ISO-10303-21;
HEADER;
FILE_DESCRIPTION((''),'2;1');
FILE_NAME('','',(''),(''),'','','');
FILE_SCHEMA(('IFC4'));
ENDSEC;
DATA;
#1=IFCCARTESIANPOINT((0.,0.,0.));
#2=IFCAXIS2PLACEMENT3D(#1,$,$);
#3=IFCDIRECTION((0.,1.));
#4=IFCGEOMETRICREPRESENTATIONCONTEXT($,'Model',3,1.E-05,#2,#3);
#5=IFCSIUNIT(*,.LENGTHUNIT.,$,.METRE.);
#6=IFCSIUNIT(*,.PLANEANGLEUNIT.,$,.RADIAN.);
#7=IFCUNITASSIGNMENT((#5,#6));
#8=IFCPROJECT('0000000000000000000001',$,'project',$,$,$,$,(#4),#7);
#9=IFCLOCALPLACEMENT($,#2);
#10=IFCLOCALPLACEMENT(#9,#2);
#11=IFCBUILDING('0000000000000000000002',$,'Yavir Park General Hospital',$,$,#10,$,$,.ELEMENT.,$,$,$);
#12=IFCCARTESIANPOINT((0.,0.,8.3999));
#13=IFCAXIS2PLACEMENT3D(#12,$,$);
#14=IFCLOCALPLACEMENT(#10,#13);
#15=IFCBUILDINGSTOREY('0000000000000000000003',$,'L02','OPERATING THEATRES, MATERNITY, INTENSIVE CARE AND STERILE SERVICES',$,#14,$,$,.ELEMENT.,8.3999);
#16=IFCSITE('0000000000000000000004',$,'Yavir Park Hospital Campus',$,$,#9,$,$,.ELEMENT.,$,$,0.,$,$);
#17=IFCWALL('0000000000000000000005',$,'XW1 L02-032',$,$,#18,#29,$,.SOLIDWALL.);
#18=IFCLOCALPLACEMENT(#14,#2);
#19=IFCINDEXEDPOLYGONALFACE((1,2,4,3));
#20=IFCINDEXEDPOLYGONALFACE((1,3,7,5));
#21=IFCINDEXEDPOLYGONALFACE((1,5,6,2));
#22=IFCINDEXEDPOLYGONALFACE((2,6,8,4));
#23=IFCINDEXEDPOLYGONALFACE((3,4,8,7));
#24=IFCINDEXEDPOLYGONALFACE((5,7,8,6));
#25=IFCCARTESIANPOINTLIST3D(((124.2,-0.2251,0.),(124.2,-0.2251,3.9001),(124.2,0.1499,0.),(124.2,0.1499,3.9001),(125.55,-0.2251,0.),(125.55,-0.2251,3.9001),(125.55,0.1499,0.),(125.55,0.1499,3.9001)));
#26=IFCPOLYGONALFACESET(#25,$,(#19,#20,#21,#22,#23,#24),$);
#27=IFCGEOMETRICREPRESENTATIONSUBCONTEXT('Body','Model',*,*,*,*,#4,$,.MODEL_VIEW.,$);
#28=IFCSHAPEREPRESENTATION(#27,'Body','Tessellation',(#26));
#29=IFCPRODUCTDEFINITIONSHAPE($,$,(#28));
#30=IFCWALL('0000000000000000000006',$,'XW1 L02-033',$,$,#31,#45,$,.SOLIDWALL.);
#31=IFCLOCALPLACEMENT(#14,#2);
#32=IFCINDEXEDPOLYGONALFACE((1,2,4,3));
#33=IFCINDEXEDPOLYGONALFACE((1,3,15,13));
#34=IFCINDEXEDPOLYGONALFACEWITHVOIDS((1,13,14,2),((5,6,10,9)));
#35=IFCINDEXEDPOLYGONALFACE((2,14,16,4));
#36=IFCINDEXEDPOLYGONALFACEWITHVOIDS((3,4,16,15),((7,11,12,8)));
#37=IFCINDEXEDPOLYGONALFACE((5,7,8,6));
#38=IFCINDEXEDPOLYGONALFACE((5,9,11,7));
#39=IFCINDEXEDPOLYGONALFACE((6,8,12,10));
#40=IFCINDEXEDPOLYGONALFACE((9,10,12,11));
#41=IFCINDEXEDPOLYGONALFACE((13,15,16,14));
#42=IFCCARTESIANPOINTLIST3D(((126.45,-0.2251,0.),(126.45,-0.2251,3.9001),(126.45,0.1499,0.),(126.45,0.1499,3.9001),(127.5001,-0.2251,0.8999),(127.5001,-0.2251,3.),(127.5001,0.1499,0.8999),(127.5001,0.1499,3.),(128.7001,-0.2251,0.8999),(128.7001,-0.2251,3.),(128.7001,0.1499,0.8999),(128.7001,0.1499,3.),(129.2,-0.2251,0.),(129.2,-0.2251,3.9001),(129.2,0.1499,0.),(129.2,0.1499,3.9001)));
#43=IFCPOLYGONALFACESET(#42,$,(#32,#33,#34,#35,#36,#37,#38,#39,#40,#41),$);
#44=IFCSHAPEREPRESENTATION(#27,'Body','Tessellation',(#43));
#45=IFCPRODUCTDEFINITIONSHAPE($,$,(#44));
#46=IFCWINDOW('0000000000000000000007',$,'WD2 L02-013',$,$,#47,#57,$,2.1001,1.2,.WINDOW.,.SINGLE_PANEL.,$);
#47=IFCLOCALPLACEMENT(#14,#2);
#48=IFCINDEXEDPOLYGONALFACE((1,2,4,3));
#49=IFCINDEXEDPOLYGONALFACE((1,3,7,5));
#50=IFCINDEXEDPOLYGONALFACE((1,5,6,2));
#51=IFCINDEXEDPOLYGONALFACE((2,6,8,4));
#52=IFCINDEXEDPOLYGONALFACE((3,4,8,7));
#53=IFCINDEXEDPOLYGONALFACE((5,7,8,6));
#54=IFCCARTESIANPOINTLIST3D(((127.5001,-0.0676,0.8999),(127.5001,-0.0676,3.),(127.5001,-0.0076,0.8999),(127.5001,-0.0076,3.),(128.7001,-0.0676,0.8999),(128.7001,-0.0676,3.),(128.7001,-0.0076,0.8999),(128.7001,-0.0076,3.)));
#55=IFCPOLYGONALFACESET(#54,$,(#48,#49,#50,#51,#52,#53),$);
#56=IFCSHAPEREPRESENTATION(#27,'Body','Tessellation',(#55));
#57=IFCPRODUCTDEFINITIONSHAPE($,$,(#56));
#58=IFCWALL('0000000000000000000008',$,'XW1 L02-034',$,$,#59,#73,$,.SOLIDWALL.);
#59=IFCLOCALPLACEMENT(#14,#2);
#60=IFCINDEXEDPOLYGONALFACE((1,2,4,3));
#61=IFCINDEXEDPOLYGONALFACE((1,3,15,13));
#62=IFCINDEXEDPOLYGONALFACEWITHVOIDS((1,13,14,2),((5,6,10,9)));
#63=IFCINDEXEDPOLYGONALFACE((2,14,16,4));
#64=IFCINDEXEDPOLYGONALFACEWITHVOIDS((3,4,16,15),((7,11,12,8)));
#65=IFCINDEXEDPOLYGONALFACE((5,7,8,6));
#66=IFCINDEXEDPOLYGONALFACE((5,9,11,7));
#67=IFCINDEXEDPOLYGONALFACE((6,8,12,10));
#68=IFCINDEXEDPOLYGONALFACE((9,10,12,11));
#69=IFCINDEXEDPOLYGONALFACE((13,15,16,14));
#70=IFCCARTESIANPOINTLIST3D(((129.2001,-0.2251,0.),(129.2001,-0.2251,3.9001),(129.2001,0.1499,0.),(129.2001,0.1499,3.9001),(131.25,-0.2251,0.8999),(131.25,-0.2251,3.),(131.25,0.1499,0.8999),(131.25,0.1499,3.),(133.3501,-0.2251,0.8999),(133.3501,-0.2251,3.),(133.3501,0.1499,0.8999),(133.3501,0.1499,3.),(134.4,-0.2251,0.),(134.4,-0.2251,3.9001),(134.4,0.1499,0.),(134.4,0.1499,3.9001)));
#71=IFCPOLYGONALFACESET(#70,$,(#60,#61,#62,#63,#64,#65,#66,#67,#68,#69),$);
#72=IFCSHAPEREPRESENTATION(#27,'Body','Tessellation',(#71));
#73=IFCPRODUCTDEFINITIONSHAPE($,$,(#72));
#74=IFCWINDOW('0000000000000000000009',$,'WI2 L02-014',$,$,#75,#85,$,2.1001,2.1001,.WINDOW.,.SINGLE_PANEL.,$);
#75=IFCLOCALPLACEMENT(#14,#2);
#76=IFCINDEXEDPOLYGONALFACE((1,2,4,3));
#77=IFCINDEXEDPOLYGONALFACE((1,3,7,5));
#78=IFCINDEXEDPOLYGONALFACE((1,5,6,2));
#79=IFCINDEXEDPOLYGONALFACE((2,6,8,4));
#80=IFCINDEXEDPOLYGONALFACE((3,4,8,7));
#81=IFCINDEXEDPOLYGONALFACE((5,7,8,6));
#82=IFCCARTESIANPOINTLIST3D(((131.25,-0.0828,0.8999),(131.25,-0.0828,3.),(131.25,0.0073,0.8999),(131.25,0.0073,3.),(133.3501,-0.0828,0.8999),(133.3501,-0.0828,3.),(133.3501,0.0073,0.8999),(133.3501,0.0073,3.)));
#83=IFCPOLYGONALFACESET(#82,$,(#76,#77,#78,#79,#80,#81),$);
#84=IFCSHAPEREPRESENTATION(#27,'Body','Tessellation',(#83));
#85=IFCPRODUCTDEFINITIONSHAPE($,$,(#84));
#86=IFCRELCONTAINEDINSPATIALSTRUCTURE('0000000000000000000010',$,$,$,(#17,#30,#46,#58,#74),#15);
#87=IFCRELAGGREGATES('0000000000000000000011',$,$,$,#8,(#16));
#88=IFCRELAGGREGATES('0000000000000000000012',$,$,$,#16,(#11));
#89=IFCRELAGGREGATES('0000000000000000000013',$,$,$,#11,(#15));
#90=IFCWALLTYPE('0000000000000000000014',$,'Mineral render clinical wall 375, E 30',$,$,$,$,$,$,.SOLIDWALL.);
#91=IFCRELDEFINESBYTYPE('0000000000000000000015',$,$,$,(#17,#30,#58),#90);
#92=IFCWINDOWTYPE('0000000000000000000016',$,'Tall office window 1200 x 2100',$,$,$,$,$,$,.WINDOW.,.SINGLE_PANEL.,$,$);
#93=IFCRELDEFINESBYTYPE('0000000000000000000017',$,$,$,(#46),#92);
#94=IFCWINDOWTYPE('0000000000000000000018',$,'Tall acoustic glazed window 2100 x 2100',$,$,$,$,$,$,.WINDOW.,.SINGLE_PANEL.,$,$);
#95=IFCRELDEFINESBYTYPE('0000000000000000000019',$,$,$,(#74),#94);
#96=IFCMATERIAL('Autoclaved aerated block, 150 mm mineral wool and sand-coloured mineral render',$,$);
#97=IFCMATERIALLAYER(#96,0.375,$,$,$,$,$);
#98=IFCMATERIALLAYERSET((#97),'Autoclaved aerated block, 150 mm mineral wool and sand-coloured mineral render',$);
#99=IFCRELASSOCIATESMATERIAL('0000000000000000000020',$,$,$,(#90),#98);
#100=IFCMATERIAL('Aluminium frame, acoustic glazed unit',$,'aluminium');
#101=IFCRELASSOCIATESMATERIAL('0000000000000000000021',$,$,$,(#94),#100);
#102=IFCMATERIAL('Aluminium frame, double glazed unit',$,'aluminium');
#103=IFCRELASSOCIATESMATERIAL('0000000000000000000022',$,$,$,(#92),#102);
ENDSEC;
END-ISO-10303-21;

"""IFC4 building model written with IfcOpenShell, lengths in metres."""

from ifc_helpers import new_model, si_unit, direction, frame, frame_2d, origin, place, context, subcontext, project, spatial, rectangle, extrude, material, layer, layer_set, type_object, element, fill, save


model = new_model("IFC4")

# Units and contexts
model_context = context("Model", 3, precision=1e-05, world=origin(), true_north=direction((0.0, 1.0)))
body_context = subcontext(model_context, "Body", "Model", "MODEL_VIEW")
ifc_project = project(units=[si_unit("LENGTHUNIT", "METRE"), si_unit("PLANEANGLEUNIT", "RADIAN")], contexts=[model_context])

# Site, building, storey
site_placement = place(None, origin())
site = spatial("IfcSite", under=ifc_project, at=site_placement, Name="Yavir Park Hospital Campus", CompositionType="ELEMENT", RefElevation=0.0)
building_placement = place(site_placement, origin())
building = spatial("IfcBuilding", under=site, at=building_placement, Name="Yavir Park General Hospital", CompositionType="ELEMENT")
storey_placement = place(building_placement, frame((0.0, 0.0, 8.3999)))
storey = spatial("IfcBuildingStorey", under=building, at=storey_placement, Name="L02", Description="OPERATING THEATRES, MATERNITY, INTENSIVE CARE AND STERILE SERVICES", CompositionType="ELEMENT", Elevation=8.3999)

# Shared definitions
ifc_material_1 = material(Name="Autoclaved aerated block, 150 mm mineral wool and sand-coloured mineral render")
ifc_layer_1 = layer(ifc_material_1, 0.375)
ifc_layer_set_1 = layer_set([ifc_layer_1], Name="Autoclaved aerated block, 150 mm mineral wool and sand-coloured mineral render")
wall_type_1 = type_object("IfcWallType", Name="Mineral render clinical wall 375, E 30", PredefinedType="SOLIDWALL", material=ifc_layer_set_1)

# Shared definitions
ifc_material_2 = material(Name="Aluminium frame, acoustic glazed unit", Category="aluminium")
window_type_1 = type_object("IfcWindowType", Name="Tall acoustic glazed window 2100 x 2100", PartitioningType="SINGLE_PANEL", PredefinedType="WINDOW", material=ifc_material_2)

# Wall
wall_1_placement = place(storey_placement, frame((124.2, -0.0376, 0.0), z_axis=(0.0, 0.0, 1.0), x_axis=(1.0, 0.0, 0.0)))
element("IfcWall", 1, at=wall_1_placement, inside=storey, type_object=wall_type_1, Name="XW1 L02-032", PredefinedType="SOLIDWALL", context=body_context, shape_type="SweptSolid", body=[
    extrude(rectangle(XDim=1.3501, YDim=0.375, at=frame_2d((0.675, 0.0))), origin(), (0.0, 0.0, 1.0), 3.9001),
])

# Walls, openings, windows
wall_2_placement = place(storey_placement, frame((126.45, -0.0376, 0.0), z_axis=(0.0, 0.0, 1.0), x_axis=(1.0, 0.0, 0.0)))
wall_2 = element("IfcWall", 2, at=wall_2_placement, inside=storey, type_object=wall_type_1, Name="XW1 L02-033", PredefinedType="SOLIDWALL", context=body_context, shape_type="SweptSolid", body=[
    extrude(rectangle(XDim=2.75, YDim=0.375, at=frame_2d((1.375, 0.0))), origin(), (0.0, 0.0, 1.0), 3.9001),
])
opening_1_placement = place(wall_2_placement, frame((1.05, 0.0, 0.8999)))
opening_1 = element("IfcOpeningElement", 3, at=opening_1_placement, cuts=wall_2, PredefinedType="OPENING", context=body_context, shape_type="SweptSolid", body=[
    extrude(rectangle(XDim=1.2, YDim=2.1001, at=frame_2d((0.6001, 1.05))), frame((0.0, 0.1975, 0.0), z_axis=(0.0, -1.0, 0.0), x_axis=(1.0, 0.0, 0.0)), (0.0, 0.0, 1.0), 0.395),
])
ifc_material_3 = material(Name="Aluminium frame, double glazed unit", Category="aluminium")
window_type_2 = type_object("IfcWindowType", Name="Tall office window 1200 x 2100", PartitioningType="SINGLE_PANEL", PredefinedType="WINDOW", material=ifc_material_3)
window_1_placement = place(opening_1_placement, origin())
window_1 = element("IfcWindow", 4, at=window_1_placement, inside=storey, type_object=window_type_2, Name="WD2 L02-013", OverallHeight=2.1001, OverallWidth=1.2, PartitioningType="SINGLE_PANEL", PredefinedType="WINDOW", context=body_context, shape_type="SweptSolid", body=[
    extrude(rectangle(XDim=1.2, YDim=2.1001, at=frame_2d((0.6001, 1.05))), frame((0.0, 0.03, 0.0), z_axis=(0.0, -1.0, 0.0), x_axis=(1.0, 0.0, 0.0)), (0.0, 0.0, 1.0), 0.0601),
])
fill(opening_1, window_1)
wall_3_placement = place(storey_placement, frame((129.2, -0.0376, 0.0), z_axis=(0.0, 0.0, 1.0), x_axis=(1.0, 0.0, 0.0)))
wall_3 = element("IfcWall", 5, at=wall_3_placement, inside=storey, type_object=wall_type_1, Name="XW1 L02-034", PredefinedType="SOLIDWALL", context=body_context, shape_type="SweptSolid", body=[
    extrude(rectangle(XDim=5.2, YDim=0.375, at=frame_2d((2.6001, 0.0))), origin(), (0.0, 0.0, 1.0), 3.9001),
])
opening_2_placement = place(wall_3_placement, frame((2.05, 0.0, 0.8999)))
opening_2 = element("IfcOpeningElement", 6, at=opening_2_placement, cuts=wall_3, PredefinedType="OPENING", context=body_context, shape_type="SweptSolid", body=[
    extrude(rectangle(XDim=2.1001, YDim=2.1001, at=frame_2d((1.05, 1.05))), frame((0.0, 0.1975, 0.0), z_axis=(0.0, -1.0, 0.0), x_axis=(1.0, 0.0, 0.0)), (0.0, 0.0, 1.0), 0.395),
])
window_2_placement = place(opening_2_placement, origin())
window_2 = element("IfcWindow", 7, at=window_2_placement, inside=storey, type_object=window_type_1, Name="WI2 L02-014", OverallHeight=2.1001, OverallWidth=2.1001, PartitioningType="SINGLE_PANEL", PredefinedType="WINDOW", context=body_context, shape_type="SweptSolid", body=[
    extrude(rectangle(XDim=2.1001, YDim=2.1001, at=frame_2d((1.05, 1.05))), frame((0.0, 0.0449, 0.0), z_axis=(0.0, -1.0, 0.0), x_axis=(1.0, 0.0, 0.0)), (0.0, 0.0, 1.0), 0.0901),
])
fill(opening_2, window_2)

save(model, "model.ifc")
